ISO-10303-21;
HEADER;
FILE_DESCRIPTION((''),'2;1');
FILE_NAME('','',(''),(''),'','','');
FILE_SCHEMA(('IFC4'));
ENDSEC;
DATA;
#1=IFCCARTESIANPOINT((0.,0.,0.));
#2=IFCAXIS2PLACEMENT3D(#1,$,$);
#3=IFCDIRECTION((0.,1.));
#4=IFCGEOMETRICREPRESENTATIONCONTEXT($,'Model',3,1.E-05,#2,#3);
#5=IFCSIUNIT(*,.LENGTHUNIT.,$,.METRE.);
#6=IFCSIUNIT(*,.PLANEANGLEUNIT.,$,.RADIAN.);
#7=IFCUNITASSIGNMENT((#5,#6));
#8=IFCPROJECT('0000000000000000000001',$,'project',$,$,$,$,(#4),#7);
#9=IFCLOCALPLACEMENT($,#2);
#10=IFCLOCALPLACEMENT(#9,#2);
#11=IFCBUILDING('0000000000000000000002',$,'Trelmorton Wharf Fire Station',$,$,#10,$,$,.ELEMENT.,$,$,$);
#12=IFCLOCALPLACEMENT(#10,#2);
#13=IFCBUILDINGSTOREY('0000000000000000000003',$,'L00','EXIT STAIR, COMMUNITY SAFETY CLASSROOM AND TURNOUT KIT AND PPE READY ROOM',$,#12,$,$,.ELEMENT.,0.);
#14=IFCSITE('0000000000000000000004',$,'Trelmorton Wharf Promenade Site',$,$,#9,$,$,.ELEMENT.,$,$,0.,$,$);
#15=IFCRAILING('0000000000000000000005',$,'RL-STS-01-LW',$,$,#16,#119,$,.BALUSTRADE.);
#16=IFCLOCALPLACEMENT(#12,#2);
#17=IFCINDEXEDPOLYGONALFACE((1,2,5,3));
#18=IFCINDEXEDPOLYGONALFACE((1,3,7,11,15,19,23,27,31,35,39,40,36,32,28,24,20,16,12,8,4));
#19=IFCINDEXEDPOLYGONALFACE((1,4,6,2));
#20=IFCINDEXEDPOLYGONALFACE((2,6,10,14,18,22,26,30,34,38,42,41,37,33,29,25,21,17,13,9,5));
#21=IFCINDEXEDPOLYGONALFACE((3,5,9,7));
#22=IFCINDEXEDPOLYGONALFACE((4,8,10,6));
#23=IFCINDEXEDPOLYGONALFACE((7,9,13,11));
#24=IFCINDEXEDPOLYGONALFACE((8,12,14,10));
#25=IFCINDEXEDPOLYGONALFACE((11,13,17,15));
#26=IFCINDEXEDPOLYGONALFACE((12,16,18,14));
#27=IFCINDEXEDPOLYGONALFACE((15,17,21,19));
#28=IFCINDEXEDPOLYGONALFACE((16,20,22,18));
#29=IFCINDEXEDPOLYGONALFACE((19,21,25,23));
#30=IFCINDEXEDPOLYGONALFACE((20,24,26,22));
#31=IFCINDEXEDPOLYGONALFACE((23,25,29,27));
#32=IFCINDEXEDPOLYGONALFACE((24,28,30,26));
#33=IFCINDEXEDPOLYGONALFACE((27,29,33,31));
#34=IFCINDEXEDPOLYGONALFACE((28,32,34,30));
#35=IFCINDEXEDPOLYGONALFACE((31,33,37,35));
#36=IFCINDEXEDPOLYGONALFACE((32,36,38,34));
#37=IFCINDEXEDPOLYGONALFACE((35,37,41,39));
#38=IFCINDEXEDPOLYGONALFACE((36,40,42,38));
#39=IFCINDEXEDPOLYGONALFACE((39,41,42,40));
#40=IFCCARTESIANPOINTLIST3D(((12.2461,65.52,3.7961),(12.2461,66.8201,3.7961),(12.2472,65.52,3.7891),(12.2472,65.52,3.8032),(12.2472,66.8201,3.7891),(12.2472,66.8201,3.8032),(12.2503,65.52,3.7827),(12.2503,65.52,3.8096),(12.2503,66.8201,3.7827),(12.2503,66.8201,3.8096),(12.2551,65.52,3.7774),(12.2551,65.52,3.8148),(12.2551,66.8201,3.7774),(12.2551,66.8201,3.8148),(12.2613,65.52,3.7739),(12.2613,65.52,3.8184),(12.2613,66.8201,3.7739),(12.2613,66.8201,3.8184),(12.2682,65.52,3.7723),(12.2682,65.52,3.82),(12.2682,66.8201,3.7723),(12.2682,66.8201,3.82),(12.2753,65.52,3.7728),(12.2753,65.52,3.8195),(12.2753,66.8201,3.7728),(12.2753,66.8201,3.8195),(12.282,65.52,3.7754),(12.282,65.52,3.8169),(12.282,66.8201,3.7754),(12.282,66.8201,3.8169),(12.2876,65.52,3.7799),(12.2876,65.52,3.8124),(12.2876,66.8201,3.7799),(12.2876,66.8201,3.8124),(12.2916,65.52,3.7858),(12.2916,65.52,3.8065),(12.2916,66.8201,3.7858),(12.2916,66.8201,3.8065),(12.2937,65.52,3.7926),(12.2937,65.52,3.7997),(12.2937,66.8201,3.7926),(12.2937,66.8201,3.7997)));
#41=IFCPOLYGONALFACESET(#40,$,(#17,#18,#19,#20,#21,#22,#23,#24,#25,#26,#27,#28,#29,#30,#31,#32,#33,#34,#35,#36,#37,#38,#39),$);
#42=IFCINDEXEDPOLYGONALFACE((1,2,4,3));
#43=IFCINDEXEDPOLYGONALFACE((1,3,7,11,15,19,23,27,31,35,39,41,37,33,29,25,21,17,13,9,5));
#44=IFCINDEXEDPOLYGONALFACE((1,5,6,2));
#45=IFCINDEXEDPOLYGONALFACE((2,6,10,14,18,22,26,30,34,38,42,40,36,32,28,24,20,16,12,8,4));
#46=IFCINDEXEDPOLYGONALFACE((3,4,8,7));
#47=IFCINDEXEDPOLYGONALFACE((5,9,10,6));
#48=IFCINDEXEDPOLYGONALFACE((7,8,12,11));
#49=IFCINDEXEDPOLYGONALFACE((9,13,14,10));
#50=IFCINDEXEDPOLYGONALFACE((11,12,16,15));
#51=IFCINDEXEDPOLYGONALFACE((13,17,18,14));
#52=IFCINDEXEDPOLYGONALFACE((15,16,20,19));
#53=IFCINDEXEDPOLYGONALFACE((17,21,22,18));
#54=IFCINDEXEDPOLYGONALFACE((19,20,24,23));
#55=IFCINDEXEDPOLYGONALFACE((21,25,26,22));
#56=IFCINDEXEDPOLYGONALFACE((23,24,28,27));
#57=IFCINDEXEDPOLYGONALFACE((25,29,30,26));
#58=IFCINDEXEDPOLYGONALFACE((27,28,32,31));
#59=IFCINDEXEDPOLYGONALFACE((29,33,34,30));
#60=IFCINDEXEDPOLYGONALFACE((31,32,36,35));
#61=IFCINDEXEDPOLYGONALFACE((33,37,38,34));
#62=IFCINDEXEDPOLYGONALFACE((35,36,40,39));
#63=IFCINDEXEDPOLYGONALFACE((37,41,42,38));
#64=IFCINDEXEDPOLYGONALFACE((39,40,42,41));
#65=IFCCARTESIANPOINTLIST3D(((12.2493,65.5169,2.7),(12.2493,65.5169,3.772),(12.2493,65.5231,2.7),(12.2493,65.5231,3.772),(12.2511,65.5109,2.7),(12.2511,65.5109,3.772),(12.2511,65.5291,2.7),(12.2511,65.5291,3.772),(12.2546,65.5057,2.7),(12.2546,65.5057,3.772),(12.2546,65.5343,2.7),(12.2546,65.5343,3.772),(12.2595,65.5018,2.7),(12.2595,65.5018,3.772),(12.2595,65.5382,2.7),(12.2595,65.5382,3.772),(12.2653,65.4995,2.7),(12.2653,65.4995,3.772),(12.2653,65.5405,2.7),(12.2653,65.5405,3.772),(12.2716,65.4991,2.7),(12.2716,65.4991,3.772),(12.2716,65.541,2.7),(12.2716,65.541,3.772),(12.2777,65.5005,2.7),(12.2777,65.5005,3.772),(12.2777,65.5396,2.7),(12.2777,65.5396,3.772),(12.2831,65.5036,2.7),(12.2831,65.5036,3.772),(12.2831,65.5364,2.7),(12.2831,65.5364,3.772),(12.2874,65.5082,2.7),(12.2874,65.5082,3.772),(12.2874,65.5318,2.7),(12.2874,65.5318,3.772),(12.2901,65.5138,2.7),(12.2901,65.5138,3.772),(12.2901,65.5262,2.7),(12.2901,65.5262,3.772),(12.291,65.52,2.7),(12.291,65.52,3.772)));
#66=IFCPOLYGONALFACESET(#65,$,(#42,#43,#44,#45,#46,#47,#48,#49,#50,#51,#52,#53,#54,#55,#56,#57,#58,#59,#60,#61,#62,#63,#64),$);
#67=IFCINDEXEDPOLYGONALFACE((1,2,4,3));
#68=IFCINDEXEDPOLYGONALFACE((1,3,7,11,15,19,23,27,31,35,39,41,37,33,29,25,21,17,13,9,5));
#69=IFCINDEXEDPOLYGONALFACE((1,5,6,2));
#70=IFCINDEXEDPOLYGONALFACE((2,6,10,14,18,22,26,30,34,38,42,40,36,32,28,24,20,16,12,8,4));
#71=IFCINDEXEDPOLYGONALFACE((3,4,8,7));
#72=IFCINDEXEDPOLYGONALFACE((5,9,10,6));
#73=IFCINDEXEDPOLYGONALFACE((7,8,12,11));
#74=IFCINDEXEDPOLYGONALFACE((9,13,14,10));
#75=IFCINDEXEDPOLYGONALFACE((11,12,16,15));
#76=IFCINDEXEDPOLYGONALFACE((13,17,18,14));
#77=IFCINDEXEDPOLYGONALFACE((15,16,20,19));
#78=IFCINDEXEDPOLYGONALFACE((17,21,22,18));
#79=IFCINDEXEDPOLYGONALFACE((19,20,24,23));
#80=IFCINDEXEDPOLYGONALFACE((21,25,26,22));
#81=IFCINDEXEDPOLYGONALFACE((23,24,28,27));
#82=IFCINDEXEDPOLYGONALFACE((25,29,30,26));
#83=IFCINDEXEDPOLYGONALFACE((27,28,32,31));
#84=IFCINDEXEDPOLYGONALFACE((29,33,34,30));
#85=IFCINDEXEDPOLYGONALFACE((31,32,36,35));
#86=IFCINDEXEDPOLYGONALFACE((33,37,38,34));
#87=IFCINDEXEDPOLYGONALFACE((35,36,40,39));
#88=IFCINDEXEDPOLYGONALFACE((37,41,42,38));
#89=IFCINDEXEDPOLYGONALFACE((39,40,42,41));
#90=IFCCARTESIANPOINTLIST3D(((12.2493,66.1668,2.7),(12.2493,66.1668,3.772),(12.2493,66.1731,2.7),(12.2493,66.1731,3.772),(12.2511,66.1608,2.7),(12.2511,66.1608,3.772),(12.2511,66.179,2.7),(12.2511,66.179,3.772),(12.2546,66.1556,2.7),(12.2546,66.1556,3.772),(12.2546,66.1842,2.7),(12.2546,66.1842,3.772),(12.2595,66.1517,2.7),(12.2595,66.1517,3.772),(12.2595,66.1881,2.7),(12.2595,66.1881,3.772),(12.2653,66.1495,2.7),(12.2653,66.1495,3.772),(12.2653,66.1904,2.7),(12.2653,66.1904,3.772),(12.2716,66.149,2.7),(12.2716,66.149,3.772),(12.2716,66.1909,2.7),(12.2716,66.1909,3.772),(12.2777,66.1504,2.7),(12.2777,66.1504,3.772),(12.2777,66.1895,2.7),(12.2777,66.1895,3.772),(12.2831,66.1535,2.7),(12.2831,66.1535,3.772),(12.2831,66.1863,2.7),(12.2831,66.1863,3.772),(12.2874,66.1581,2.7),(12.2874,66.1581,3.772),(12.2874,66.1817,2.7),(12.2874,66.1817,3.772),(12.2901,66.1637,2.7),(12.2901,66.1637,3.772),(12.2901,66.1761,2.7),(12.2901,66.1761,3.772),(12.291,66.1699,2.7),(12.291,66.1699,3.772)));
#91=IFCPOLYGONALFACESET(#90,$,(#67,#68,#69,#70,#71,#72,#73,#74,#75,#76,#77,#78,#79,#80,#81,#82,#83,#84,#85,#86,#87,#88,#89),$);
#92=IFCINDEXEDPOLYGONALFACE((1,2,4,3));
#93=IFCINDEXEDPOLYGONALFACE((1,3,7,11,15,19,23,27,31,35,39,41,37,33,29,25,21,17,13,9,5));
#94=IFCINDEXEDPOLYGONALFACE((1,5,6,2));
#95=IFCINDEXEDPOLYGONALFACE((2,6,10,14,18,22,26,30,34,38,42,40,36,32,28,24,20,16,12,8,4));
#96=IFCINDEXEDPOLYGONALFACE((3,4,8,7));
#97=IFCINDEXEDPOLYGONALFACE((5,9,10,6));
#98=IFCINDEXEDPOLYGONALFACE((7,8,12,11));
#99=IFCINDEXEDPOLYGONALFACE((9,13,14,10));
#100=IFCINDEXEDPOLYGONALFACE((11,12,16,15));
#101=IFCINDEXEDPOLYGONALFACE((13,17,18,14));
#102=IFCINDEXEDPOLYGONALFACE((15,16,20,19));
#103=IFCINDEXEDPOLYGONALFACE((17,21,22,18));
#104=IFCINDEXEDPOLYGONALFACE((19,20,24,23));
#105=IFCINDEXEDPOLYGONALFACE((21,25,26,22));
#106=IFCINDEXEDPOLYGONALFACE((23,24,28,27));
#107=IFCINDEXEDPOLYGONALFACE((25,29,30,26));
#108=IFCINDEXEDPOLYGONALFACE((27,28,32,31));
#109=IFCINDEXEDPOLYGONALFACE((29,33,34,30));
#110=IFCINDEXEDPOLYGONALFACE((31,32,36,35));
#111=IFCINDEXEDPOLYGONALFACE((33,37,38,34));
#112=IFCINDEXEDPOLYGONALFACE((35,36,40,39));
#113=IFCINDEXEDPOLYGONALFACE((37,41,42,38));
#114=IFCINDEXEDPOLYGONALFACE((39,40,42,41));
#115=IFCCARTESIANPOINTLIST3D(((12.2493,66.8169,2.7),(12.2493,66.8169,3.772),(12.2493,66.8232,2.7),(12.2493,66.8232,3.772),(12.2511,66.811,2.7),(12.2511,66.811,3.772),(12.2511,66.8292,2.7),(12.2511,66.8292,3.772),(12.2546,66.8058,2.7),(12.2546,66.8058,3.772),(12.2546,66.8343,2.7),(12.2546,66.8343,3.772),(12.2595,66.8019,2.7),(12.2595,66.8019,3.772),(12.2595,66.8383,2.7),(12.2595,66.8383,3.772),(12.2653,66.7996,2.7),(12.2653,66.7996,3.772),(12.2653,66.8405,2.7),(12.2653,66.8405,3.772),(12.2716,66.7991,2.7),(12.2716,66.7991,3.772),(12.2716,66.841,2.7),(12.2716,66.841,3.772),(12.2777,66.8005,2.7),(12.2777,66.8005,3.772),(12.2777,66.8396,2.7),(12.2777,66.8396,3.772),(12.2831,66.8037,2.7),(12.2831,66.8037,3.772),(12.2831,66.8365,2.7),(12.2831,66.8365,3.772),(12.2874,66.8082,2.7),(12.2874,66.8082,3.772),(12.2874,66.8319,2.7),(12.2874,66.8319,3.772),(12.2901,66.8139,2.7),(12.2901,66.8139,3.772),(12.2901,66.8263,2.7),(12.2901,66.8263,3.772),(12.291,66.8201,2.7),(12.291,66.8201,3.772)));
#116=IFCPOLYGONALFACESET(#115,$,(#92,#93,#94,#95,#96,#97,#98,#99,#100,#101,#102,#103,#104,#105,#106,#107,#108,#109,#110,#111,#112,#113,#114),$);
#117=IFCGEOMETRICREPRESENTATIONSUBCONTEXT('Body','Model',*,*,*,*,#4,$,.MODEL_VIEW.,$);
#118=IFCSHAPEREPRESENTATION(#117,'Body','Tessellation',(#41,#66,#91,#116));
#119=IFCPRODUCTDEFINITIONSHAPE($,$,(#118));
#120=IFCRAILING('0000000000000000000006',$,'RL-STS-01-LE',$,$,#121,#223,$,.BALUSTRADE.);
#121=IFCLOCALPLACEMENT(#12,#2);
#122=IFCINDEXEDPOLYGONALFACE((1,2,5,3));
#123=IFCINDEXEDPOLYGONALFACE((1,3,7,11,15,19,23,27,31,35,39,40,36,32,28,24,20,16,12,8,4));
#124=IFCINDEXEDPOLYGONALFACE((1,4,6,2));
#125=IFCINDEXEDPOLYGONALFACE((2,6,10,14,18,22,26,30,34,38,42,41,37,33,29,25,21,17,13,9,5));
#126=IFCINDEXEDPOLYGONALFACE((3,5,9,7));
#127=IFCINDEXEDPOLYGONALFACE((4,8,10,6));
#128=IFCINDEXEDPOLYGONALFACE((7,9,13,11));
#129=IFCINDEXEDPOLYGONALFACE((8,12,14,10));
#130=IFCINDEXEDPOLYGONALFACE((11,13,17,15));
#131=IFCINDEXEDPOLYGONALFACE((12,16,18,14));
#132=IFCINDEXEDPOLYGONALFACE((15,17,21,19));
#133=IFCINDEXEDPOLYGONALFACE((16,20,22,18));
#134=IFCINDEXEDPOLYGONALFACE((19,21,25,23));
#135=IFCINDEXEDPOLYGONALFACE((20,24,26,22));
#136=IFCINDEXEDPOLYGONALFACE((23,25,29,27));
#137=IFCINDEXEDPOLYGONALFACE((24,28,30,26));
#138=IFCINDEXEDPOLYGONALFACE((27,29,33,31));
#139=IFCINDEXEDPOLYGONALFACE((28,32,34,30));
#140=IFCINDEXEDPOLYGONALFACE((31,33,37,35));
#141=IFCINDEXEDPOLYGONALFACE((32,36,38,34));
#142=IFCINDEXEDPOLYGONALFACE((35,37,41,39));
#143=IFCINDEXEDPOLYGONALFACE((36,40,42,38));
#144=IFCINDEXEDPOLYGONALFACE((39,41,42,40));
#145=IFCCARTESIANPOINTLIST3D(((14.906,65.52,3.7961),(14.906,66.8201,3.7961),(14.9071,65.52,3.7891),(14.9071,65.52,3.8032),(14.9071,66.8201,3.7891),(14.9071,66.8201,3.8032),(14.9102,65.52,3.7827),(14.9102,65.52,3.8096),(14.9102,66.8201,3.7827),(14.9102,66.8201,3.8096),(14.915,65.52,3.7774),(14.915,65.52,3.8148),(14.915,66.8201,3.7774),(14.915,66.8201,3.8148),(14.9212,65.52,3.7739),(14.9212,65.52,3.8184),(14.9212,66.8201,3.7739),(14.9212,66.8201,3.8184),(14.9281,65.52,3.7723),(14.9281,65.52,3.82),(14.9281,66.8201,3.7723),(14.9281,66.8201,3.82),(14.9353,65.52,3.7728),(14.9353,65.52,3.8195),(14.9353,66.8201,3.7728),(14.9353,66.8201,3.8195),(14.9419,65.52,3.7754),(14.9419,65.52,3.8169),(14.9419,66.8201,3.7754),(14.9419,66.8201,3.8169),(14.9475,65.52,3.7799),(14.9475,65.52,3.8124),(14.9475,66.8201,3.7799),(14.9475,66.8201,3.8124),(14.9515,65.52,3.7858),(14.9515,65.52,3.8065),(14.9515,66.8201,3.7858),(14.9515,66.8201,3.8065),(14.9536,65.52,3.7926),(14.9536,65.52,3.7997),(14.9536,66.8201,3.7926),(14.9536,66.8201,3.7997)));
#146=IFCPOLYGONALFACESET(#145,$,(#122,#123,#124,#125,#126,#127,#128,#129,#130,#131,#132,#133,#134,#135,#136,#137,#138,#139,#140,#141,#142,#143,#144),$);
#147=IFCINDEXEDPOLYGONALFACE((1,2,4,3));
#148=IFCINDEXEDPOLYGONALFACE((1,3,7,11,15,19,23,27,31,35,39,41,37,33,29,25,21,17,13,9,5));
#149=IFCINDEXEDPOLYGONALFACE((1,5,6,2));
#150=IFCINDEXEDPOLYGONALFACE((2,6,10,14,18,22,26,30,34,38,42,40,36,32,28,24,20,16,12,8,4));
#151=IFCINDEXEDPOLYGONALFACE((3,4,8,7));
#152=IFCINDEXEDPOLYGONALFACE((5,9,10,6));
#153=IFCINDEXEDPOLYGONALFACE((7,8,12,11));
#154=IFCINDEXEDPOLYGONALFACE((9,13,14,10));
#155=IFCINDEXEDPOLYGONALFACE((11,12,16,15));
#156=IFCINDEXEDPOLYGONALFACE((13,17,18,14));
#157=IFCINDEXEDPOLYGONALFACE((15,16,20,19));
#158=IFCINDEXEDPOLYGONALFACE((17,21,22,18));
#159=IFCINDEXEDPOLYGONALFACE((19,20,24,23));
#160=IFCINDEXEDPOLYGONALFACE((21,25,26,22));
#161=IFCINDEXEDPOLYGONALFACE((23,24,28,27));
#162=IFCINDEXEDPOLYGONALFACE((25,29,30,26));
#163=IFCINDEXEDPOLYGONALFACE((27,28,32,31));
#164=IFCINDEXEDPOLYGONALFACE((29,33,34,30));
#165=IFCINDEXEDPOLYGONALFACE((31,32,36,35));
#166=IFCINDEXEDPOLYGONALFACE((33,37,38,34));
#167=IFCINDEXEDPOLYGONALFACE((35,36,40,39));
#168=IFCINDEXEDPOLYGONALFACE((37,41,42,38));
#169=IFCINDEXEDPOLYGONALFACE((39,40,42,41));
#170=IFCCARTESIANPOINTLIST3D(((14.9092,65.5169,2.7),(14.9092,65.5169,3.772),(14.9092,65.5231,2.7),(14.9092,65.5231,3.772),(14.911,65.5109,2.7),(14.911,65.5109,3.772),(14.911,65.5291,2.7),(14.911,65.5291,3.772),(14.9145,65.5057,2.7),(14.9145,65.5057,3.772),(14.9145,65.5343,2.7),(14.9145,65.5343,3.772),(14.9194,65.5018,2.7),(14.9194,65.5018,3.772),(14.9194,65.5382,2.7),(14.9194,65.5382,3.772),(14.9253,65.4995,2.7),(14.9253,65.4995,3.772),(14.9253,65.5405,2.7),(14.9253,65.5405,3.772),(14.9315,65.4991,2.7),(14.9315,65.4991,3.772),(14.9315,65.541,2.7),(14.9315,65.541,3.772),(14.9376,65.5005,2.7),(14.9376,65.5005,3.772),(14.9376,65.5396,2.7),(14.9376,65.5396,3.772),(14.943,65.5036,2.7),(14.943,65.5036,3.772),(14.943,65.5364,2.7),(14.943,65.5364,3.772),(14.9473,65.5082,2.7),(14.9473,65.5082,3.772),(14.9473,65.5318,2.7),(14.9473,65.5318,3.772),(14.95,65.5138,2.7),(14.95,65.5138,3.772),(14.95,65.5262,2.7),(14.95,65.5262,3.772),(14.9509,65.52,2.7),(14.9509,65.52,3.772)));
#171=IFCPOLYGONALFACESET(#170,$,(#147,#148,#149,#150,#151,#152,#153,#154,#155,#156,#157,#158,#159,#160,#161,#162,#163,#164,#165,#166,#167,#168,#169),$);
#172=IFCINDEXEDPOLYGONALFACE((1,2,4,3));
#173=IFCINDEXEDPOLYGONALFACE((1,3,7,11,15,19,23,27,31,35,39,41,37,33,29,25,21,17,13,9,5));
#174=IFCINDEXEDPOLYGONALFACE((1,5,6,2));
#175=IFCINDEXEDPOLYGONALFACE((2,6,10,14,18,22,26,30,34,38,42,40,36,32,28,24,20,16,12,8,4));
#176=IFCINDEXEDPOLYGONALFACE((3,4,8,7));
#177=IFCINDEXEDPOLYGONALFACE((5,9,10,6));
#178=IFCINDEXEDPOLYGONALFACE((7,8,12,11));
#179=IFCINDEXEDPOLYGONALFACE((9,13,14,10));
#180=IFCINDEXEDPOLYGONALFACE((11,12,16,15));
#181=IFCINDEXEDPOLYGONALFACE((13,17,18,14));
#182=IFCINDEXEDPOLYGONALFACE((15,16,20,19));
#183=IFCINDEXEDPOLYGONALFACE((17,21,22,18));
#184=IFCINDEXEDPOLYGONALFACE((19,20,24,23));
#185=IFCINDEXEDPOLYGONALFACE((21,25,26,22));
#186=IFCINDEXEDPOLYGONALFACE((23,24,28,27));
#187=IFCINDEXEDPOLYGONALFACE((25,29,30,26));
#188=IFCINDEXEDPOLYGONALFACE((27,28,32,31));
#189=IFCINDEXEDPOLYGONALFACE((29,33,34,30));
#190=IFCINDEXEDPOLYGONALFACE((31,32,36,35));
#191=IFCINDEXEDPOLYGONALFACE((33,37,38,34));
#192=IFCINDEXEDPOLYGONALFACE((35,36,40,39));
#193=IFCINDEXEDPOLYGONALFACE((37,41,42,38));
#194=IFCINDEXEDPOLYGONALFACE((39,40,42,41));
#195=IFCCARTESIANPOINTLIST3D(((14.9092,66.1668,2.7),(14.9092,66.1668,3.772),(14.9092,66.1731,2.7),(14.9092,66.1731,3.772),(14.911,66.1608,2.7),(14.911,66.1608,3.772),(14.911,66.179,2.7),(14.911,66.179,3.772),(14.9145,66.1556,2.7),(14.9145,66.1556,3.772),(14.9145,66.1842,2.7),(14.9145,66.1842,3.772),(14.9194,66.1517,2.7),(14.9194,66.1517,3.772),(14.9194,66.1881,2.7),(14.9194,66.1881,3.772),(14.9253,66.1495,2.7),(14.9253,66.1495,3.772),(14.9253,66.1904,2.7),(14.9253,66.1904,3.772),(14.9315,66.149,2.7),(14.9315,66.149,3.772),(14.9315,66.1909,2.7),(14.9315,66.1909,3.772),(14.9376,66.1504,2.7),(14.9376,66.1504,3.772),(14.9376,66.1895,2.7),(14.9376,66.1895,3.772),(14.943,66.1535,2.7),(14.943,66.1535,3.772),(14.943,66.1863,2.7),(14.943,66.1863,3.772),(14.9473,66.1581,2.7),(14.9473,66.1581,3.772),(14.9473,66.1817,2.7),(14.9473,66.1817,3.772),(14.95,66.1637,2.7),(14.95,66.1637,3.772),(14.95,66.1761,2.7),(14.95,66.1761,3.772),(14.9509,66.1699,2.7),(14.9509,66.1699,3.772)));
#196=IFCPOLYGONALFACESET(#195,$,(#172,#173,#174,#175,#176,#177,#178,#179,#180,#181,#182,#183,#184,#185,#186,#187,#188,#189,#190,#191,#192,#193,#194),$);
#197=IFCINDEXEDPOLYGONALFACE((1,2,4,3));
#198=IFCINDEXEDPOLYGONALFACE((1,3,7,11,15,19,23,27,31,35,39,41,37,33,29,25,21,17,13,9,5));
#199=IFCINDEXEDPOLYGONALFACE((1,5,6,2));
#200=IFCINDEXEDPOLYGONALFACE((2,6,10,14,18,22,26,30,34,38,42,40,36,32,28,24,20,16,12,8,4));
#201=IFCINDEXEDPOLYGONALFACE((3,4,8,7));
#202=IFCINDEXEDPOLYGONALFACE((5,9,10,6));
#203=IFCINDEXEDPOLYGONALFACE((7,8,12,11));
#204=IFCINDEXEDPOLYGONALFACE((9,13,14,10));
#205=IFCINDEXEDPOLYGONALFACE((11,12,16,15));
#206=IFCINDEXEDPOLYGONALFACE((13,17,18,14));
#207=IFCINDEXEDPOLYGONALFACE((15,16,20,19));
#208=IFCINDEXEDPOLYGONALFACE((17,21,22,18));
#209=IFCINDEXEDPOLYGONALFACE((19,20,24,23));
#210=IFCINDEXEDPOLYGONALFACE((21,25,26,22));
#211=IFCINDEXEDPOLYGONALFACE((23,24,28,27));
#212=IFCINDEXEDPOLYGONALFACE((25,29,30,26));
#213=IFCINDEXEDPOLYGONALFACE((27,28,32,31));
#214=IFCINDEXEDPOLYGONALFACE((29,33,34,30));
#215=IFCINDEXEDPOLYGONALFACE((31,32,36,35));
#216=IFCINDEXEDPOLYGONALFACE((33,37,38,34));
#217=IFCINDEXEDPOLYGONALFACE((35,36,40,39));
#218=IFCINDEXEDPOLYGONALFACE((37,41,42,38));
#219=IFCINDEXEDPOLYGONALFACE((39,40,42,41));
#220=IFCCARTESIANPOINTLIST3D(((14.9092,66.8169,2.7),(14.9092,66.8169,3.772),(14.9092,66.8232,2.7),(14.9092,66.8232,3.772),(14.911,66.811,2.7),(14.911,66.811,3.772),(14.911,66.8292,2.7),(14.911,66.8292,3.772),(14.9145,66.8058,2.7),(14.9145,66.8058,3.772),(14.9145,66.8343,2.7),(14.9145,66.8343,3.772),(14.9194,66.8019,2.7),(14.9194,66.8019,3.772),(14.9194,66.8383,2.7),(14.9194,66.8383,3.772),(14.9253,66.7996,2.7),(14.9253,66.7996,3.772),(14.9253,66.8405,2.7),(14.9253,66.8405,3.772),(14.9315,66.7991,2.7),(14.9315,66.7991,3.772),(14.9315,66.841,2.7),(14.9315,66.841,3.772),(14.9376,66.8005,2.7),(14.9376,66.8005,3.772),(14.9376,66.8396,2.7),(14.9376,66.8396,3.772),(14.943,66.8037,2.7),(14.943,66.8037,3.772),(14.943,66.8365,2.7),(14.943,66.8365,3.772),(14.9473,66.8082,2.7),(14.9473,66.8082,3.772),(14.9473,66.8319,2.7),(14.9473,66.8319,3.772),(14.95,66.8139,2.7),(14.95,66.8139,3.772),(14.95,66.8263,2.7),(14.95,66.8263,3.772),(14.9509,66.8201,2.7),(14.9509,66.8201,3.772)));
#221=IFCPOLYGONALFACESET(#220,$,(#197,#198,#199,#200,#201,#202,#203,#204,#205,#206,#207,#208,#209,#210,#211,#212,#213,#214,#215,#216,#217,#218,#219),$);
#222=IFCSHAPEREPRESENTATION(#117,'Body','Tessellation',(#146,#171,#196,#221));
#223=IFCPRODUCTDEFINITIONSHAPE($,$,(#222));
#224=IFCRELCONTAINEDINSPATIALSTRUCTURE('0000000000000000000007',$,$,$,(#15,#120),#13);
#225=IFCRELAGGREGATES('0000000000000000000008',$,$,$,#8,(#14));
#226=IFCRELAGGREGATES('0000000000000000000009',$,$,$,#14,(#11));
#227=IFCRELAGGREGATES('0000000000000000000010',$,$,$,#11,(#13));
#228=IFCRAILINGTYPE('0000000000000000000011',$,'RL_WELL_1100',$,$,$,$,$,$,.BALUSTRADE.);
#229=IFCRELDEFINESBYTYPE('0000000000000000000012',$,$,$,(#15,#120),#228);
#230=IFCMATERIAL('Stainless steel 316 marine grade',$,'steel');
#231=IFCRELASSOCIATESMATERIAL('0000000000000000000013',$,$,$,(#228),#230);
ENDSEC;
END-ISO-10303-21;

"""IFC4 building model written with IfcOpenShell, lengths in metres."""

from ifc_helpers import new_model, si_unit, direction, frame, origin, origin_2d, place, context, subcontext, project, spatial, circle, extrude, material, type_object, element, save


model = new_model("IFC4")

# Units and contexts
model_context = context("Model", 3, precision=1e-05, world=origin(), true_north=direction((0.0, 1.0)))
body_context = subcontext(model_context, "Body", "Model", "MODEL_VIEW")
ifc_project = project(units=[si_unit("LENGTHUNIT", "METRE"), si_unit("PLANEANGLEUNIT", "RADIAN")], contexts=[model_context])

# Site, building, storey
site_placement = place(None, origin())
site = spatial("IfcSite", under=ifc_project, at=site_placement, Name="Trelmorton Wharf Promenade Site", CompositionType="ELEMENT", RefElevation=0.0)
building_placement = place(site_placement, origin())
building = spatial("IfcBuilding", under=site, at=building_placement, Name="Trelmorton Wharf Fire Station", CompositionType="ELEMENT")
storey_placement = place(building_placement, origin())
storey = spatial("IfcBuildingStorey", under=building, at=storey_placement, Name="L00", Description="EXIT STAIR, COMMUNITY SAFETY CLASSROOM AND TURNOUT KIT AND PPE READY ROOM", CompositionType="ELEMENT", Elevation=0.0)

# Shared definitions
ifc_material_1 = material(Name="Stainless steel 316 marine grade", Category="steel")

# Railings
railing_type = type_object("IfcRailingType", Name="RL_WELL_1100", PredefinedType="BALUSTRADE", material=ifc_material_1)
for number, where, name in (
    (1, (12.27, 65.52, 2.7), "RL-STS-01-LW"),
    (2, (14.9299, 65.52, 2.7), "RL-STS-01-LE"),
):
    element("IfcRailing", number, at=place(storey_placement, frame(where)), inside=storey, type_object=railing_type, Name=name, PredefinedType="BALUSTRADE", context=body_context, shape_type="SweptSolid", body=[
        extrude(circle(Radius=0.0239, at=origin_2d()), frame((0.0, 0.0, 1.0962), z_axis=(0.0, 1.0, 0.0), x_axis=(-1.0, 0.0, 0.0)), (0.0, 0.0, 1.0), 1.3),
        extrude(circle(Radius=0.021, at=origin_2d()), origin(), (0.0, 0.0, 1.0), 1.072),
        extrude(circle(Radius=0.021, at=origin_2d()), frame((0.0, 0.6499, 0.0)), (0.0, 0.0, 1.0), 1.072),
        extrude(circle(Radius=0.021, at=origin_2d()), frame((0.0, 1.3, 0.0)), (0.0, 0.0, 1.0), 1.072),
    ])

save(model, "model.ifc")
